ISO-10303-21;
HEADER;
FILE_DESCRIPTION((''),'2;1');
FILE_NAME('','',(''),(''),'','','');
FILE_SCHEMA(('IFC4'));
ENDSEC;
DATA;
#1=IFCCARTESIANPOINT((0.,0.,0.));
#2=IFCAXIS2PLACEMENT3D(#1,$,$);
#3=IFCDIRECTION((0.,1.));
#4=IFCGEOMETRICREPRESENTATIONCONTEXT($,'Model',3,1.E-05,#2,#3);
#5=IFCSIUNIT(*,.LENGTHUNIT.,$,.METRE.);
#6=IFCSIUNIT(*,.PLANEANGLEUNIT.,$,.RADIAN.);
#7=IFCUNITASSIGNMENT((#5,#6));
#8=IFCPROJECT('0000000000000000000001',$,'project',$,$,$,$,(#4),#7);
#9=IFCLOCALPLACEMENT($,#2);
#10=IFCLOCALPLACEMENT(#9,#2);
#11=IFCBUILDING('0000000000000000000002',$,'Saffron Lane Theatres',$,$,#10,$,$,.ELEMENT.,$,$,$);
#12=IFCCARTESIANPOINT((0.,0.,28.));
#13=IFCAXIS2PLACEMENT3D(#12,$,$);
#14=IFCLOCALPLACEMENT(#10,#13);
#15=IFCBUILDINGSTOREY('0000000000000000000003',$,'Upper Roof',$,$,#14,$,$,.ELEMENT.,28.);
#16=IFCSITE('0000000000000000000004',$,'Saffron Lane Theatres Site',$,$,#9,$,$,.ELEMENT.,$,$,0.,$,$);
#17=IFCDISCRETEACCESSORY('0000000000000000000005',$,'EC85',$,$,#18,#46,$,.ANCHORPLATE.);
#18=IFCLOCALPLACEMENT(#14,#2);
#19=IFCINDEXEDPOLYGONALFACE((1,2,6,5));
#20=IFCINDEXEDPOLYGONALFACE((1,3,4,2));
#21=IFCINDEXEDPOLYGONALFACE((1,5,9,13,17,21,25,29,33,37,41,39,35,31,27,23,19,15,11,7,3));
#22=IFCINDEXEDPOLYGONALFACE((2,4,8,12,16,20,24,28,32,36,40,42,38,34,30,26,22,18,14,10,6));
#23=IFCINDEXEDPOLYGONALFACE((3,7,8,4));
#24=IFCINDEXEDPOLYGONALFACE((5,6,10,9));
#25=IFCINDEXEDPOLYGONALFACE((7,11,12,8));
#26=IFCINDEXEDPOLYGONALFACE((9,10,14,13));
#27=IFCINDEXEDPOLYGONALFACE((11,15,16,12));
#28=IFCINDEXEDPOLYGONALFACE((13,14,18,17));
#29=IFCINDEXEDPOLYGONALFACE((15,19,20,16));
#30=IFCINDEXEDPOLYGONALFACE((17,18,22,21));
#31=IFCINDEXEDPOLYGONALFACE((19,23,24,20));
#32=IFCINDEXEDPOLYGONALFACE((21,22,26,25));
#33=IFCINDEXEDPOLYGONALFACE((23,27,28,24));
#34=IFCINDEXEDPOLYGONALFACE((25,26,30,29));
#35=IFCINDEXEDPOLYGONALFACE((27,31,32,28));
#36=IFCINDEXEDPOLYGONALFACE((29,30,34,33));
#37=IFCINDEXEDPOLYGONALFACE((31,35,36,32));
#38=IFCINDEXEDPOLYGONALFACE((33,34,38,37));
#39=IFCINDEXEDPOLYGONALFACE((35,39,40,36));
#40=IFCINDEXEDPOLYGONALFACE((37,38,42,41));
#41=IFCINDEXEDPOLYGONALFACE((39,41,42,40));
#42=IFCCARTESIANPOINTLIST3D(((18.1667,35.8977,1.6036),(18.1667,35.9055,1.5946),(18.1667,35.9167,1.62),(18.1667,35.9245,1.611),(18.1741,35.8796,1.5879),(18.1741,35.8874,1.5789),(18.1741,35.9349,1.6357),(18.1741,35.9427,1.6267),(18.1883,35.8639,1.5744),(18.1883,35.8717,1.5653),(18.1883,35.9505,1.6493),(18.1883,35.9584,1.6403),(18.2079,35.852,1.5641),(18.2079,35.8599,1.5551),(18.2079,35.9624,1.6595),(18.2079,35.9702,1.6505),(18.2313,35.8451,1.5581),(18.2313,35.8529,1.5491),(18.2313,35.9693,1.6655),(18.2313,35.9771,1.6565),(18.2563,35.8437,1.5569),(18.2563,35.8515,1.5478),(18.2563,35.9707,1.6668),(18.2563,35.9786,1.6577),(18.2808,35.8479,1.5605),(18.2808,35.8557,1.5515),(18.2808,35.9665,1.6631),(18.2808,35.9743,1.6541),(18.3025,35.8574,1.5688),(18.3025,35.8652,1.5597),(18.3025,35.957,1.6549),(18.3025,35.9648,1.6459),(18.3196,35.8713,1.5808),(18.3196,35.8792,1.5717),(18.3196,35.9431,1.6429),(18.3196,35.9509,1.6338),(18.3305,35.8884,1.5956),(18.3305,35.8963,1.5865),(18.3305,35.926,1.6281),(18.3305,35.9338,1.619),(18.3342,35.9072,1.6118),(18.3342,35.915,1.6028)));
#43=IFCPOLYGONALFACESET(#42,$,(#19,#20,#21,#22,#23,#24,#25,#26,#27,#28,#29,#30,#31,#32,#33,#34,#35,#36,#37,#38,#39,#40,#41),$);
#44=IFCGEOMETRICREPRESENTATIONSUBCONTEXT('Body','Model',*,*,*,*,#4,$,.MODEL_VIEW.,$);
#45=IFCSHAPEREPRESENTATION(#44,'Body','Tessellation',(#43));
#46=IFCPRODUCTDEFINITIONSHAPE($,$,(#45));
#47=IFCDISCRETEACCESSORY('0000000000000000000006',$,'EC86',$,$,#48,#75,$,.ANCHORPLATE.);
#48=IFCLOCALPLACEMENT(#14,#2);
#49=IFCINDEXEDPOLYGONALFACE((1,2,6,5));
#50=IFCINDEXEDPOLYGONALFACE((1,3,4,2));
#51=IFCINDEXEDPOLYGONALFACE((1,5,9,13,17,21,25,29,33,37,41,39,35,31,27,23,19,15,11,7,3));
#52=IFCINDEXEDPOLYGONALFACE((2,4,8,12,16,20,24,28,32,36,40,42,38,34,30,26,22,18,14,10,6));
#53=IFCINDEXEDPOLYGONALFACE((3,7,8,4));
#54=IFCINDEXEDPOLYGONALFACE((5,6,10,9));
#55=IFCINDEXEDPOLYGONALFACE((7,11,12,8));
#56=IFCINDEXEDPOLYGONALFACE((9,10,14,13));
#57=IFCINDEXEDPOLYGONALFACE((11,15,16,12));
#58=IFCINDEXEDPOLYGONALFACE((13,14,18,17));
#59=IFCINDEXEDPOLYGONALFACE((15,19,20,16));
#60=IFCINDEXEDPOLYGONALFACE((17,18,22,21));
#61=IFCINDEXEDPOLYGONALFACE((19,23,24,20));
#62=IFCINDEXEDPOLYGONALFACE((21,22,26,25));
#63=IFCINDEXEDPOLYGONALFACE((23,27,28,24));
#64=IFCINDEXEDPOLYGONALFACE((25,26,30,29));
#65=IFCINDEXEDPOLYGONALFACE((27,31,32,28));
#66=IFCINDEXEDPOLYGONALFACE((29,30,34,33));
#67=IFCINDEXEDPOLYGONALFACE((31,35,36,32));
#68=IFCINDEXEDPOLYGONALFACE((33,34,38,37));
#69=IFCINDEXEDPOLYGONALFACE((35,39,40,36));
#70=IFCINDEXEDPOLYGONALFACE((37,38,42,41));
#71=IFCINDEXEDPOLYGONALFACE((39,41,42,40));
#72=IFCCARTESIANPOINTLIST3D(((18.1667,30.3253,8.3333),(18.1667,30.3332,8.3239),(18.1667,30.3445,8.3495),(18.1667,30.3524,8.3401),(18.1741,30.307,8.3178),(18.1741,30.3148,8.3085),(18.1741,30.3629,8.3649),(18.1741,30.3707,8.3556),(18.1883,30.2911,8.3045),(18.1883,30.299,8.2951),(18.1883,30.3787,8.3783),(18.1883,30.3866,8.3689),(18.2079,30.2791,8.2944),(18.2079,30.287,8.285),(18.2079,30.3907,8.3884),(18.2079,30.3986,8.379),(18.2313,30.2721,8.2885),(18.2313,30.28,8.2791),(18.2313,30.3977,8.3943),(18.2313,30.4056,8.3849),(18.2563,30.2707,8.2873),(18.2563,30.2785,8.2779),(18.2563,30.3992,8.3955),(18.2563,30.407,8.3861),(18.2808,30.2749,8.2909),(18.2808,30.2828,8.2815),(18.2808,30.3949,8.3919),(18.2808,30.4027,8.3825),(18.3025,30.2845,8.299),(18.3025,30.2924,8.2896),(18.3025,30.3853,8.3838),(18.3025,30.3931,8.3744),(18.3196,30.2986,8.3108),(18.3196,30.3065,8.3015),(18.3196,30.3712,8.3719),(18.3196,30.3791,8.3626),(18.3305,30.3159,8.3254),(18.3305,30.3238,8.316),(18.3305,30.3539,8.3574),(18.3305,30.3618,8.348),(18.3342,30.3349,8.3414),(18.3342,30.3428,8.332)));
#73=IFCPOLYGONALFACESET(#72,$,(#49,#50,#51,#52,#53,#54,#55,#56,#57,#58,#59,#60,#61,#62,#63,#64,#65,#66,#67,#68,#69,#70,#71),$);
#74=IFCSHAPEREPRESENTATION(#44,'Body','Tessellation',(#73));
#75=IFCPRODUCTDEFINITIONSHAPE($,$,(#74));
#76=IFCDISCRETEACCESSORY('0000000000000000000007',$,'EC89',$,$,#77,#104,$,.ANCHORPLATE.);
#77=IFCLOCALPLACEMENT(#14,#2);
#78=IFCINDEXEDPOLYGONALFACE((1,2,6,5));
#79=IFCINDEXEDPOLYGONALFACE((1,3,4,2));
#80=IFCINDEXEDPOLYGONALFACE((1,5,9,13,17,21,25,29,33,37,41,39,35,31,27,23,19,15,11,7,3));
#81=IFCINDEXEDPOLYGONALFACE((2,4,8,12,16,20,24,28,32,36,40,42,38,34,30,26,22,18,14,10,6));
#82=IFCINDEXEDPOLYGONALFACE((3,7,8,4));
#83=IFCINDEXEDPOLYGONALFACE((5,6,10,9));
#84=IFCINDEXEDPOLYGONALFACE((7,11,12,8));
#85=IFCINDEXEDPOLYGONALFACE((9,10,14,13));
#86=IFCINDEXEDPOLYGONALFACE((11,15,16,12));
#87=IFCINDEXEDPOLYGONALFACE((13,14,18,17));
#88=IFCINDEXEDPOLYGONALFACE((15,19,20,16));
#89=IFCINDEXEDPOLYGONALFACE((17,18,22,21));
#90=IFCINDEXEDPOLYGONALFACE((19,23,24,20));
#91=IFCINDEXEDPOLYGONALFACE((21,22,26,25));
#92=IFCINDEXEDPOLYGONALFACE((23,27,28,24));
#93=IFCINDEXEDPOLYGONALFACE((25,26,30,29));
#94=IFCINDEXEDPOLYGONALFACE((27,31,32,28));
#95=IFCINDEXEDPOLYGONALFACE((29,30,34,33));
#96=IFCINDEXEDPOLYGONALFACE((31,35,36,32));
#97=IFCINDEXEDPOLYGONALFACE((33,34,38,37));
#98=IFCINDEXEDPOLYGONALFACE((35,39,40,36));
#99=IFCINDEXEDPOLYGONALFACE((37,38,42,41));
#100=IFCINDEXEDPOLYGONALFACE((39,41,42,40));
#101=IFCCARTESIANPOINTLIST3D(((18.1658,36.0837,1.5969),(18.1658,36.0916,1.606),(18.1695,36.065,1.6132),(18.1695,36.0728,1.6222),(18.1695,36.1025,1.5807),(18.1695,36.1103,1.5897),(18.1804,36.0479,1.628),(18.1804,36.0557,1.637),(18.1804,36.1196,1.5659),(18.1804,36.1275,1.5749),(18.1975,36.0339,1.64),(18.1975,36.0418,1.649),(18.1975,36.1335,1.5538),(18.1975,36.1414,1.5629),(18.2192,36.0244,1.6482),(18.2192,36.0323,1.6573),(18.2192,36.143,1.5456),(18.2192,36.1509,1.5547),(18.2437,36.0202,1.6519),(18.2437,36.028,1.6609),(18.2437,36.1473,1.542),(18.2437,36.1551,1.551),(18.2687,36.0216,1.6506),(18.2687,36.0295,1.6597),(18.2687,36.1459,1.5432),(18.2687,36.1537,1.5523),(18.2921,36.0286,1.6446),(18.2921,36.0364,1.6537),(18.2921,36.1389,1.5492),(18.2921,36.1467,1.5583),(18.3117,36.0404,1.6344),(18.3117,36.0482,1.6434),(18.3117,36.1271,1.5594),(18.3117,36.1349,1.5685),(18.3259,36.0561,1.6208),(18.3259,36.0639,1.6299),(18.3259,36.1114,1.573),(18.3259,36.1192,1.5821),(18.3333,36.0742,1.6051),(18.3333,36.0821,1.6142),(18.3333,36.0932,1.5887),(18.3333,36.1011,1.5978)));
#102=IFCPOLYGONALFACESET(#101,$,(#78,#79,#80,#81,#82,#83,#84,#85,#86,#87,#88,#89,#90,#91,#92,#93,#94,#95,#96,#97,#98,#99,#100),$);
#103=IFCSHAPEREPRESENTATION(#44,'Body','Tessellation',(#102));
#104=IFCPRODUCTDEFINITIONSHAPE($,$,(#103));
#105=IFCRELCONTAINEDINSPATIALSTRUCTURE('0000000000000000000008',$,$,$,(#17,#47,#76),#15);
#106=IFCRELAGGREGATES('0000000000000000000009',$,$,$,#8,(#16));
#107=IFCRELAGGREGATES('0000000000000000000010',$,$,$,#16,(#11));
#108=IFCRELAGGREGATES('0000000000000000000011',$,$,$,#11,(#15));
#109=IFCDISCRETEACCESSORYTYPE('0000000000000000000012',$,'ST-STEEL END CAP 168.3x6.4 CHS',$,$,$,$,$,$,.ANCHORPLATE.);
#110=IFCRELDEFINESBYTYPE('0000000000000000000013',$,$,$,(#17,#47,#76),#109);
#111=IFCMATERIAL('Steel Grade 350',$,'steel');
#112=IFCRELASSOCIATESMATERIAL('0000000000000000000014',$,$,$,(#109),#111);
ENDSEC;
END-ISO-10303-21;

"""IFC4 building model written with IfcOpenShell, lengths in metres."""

from ifc_helpers import new_model, si_unit, direction, frame, origin, origin_2d, place, context, subcontext, project, spatial, circle, extrude, material, material_profile, profile_set, type_object, element, save


model = new_model("IFC4")

# Units and contexts
model_context = context("Model", 3, precision=1e-05, world=origin(), true_north=direction((0.0, 1.0)))
body_context = subcontext(model_context, "Body", "Model", "MODEL_VIEW")
ifc_project = project(units=[si_unit("LENGTHUNIT", "METRE"), si_unit("PLANEANGLEUNIT", "RADIAN")], contexts=[model_context])

# Site, building, storey
site_placement = place(None, origin())
site = spatial("IfcSite", under=ifc_project, at=site_placement, Name="Saffron Lane Theatres Site", CompositionType="ELEMENT", RefElevation=0.0)
building_placement = place(site_placement, origin())
building = spatial("IfcBuilding", under=site, at=building_placement, Name="Saffron Lane Theatres", CompositionType="ELEMENT")
storey_placement = place(building_placement, frame((0.0, 0.0, 28.0)))
storey = spatial("IfcBuildingStorey", under=building, at=storey_placement, Name="Upper Roof", CompositionType="ELEMENT", Elevation=28.0)

# Discrete accessories
ifc_material_1 = material(Name="Steel Grade 350", Category="steel")
ifc_material_profile_1 = material_profile(ifc_material_1, circle(Radius=0.0842, at=origin_2d()))
ifc_profile_set_1 = profile_set([ifc_material_profile_1], Name="Steel Grade 350")
discrete_accessory_type_1 = type_object("IfcDiscreteAccessoryType", Name="ST-STEEL END CAP 168.3x6.4 CHS", PredefinedType="ANCHORPLATE", material=ifc_profile_set_1)
discrete_accessory_1_placement = place(storey_placement, frame((18.25, 35.915, 1.6028), z_axis=(0.0, -0.654152, 0.756363), x_axis=(1.0, 0.0, 0.0)))
element("IfcDiscreteAccessory", 1, at=discrete_accessory_1_placement, inside=storey, type_object=discrete_accessory_type_1, Name="EC85", PredefinedType="ANCHORPLATE", context=body_context, shape_type="SweptSolid", body=[
    extrude(circle(Radius=0.0842, at=origin_2d()), origin(), (0.0, 0.0, 1.0), 0.012),
])
discrete_accessory_2_placement = place(storey_placement, frame((18.25, 30.3428, 8.332), z_axis=(0.0, -0.644136, 0.764911), x_axis=(1.0, 0.0, 0.0)))
element("IfcDiscreteAccessory", 2, at=discrete_accessory_2_placement, inside=storey, type_object=discrete_accessory_type_1, Name="EC86", PredefinedType="ANCHORPLATE", context=body_context, shape_type="SweptSolid", body=[
    extrude(circle(Radius=0.0842, at=origin_2d()), origin(), (0.0, 0.0, 1.0), 0.0122),
])
discrete_accessory_3_placement = place(storey_placement, frame((18.25, 36.0837, 1.5969), z_axis=(0.0, 0.654152, 0.756363), x_axis=(-1.0, 0.0, 0.0)))
element("IfcDiscreteAccessory", 3, at=discrete_accessory_3_placement, inside=storey, type_object=discrete_accessory_type_1, Name="EC89", PredefinedType="ANCHORPLATE", context=body_context, shape_type="SweptSolid", body=[
    extrude(circle(Radius=0.0842, at=origin_2d()), origin(), (0.0, 0.0, 1.0), 0.012),
])

save(model, "model.ifc")
